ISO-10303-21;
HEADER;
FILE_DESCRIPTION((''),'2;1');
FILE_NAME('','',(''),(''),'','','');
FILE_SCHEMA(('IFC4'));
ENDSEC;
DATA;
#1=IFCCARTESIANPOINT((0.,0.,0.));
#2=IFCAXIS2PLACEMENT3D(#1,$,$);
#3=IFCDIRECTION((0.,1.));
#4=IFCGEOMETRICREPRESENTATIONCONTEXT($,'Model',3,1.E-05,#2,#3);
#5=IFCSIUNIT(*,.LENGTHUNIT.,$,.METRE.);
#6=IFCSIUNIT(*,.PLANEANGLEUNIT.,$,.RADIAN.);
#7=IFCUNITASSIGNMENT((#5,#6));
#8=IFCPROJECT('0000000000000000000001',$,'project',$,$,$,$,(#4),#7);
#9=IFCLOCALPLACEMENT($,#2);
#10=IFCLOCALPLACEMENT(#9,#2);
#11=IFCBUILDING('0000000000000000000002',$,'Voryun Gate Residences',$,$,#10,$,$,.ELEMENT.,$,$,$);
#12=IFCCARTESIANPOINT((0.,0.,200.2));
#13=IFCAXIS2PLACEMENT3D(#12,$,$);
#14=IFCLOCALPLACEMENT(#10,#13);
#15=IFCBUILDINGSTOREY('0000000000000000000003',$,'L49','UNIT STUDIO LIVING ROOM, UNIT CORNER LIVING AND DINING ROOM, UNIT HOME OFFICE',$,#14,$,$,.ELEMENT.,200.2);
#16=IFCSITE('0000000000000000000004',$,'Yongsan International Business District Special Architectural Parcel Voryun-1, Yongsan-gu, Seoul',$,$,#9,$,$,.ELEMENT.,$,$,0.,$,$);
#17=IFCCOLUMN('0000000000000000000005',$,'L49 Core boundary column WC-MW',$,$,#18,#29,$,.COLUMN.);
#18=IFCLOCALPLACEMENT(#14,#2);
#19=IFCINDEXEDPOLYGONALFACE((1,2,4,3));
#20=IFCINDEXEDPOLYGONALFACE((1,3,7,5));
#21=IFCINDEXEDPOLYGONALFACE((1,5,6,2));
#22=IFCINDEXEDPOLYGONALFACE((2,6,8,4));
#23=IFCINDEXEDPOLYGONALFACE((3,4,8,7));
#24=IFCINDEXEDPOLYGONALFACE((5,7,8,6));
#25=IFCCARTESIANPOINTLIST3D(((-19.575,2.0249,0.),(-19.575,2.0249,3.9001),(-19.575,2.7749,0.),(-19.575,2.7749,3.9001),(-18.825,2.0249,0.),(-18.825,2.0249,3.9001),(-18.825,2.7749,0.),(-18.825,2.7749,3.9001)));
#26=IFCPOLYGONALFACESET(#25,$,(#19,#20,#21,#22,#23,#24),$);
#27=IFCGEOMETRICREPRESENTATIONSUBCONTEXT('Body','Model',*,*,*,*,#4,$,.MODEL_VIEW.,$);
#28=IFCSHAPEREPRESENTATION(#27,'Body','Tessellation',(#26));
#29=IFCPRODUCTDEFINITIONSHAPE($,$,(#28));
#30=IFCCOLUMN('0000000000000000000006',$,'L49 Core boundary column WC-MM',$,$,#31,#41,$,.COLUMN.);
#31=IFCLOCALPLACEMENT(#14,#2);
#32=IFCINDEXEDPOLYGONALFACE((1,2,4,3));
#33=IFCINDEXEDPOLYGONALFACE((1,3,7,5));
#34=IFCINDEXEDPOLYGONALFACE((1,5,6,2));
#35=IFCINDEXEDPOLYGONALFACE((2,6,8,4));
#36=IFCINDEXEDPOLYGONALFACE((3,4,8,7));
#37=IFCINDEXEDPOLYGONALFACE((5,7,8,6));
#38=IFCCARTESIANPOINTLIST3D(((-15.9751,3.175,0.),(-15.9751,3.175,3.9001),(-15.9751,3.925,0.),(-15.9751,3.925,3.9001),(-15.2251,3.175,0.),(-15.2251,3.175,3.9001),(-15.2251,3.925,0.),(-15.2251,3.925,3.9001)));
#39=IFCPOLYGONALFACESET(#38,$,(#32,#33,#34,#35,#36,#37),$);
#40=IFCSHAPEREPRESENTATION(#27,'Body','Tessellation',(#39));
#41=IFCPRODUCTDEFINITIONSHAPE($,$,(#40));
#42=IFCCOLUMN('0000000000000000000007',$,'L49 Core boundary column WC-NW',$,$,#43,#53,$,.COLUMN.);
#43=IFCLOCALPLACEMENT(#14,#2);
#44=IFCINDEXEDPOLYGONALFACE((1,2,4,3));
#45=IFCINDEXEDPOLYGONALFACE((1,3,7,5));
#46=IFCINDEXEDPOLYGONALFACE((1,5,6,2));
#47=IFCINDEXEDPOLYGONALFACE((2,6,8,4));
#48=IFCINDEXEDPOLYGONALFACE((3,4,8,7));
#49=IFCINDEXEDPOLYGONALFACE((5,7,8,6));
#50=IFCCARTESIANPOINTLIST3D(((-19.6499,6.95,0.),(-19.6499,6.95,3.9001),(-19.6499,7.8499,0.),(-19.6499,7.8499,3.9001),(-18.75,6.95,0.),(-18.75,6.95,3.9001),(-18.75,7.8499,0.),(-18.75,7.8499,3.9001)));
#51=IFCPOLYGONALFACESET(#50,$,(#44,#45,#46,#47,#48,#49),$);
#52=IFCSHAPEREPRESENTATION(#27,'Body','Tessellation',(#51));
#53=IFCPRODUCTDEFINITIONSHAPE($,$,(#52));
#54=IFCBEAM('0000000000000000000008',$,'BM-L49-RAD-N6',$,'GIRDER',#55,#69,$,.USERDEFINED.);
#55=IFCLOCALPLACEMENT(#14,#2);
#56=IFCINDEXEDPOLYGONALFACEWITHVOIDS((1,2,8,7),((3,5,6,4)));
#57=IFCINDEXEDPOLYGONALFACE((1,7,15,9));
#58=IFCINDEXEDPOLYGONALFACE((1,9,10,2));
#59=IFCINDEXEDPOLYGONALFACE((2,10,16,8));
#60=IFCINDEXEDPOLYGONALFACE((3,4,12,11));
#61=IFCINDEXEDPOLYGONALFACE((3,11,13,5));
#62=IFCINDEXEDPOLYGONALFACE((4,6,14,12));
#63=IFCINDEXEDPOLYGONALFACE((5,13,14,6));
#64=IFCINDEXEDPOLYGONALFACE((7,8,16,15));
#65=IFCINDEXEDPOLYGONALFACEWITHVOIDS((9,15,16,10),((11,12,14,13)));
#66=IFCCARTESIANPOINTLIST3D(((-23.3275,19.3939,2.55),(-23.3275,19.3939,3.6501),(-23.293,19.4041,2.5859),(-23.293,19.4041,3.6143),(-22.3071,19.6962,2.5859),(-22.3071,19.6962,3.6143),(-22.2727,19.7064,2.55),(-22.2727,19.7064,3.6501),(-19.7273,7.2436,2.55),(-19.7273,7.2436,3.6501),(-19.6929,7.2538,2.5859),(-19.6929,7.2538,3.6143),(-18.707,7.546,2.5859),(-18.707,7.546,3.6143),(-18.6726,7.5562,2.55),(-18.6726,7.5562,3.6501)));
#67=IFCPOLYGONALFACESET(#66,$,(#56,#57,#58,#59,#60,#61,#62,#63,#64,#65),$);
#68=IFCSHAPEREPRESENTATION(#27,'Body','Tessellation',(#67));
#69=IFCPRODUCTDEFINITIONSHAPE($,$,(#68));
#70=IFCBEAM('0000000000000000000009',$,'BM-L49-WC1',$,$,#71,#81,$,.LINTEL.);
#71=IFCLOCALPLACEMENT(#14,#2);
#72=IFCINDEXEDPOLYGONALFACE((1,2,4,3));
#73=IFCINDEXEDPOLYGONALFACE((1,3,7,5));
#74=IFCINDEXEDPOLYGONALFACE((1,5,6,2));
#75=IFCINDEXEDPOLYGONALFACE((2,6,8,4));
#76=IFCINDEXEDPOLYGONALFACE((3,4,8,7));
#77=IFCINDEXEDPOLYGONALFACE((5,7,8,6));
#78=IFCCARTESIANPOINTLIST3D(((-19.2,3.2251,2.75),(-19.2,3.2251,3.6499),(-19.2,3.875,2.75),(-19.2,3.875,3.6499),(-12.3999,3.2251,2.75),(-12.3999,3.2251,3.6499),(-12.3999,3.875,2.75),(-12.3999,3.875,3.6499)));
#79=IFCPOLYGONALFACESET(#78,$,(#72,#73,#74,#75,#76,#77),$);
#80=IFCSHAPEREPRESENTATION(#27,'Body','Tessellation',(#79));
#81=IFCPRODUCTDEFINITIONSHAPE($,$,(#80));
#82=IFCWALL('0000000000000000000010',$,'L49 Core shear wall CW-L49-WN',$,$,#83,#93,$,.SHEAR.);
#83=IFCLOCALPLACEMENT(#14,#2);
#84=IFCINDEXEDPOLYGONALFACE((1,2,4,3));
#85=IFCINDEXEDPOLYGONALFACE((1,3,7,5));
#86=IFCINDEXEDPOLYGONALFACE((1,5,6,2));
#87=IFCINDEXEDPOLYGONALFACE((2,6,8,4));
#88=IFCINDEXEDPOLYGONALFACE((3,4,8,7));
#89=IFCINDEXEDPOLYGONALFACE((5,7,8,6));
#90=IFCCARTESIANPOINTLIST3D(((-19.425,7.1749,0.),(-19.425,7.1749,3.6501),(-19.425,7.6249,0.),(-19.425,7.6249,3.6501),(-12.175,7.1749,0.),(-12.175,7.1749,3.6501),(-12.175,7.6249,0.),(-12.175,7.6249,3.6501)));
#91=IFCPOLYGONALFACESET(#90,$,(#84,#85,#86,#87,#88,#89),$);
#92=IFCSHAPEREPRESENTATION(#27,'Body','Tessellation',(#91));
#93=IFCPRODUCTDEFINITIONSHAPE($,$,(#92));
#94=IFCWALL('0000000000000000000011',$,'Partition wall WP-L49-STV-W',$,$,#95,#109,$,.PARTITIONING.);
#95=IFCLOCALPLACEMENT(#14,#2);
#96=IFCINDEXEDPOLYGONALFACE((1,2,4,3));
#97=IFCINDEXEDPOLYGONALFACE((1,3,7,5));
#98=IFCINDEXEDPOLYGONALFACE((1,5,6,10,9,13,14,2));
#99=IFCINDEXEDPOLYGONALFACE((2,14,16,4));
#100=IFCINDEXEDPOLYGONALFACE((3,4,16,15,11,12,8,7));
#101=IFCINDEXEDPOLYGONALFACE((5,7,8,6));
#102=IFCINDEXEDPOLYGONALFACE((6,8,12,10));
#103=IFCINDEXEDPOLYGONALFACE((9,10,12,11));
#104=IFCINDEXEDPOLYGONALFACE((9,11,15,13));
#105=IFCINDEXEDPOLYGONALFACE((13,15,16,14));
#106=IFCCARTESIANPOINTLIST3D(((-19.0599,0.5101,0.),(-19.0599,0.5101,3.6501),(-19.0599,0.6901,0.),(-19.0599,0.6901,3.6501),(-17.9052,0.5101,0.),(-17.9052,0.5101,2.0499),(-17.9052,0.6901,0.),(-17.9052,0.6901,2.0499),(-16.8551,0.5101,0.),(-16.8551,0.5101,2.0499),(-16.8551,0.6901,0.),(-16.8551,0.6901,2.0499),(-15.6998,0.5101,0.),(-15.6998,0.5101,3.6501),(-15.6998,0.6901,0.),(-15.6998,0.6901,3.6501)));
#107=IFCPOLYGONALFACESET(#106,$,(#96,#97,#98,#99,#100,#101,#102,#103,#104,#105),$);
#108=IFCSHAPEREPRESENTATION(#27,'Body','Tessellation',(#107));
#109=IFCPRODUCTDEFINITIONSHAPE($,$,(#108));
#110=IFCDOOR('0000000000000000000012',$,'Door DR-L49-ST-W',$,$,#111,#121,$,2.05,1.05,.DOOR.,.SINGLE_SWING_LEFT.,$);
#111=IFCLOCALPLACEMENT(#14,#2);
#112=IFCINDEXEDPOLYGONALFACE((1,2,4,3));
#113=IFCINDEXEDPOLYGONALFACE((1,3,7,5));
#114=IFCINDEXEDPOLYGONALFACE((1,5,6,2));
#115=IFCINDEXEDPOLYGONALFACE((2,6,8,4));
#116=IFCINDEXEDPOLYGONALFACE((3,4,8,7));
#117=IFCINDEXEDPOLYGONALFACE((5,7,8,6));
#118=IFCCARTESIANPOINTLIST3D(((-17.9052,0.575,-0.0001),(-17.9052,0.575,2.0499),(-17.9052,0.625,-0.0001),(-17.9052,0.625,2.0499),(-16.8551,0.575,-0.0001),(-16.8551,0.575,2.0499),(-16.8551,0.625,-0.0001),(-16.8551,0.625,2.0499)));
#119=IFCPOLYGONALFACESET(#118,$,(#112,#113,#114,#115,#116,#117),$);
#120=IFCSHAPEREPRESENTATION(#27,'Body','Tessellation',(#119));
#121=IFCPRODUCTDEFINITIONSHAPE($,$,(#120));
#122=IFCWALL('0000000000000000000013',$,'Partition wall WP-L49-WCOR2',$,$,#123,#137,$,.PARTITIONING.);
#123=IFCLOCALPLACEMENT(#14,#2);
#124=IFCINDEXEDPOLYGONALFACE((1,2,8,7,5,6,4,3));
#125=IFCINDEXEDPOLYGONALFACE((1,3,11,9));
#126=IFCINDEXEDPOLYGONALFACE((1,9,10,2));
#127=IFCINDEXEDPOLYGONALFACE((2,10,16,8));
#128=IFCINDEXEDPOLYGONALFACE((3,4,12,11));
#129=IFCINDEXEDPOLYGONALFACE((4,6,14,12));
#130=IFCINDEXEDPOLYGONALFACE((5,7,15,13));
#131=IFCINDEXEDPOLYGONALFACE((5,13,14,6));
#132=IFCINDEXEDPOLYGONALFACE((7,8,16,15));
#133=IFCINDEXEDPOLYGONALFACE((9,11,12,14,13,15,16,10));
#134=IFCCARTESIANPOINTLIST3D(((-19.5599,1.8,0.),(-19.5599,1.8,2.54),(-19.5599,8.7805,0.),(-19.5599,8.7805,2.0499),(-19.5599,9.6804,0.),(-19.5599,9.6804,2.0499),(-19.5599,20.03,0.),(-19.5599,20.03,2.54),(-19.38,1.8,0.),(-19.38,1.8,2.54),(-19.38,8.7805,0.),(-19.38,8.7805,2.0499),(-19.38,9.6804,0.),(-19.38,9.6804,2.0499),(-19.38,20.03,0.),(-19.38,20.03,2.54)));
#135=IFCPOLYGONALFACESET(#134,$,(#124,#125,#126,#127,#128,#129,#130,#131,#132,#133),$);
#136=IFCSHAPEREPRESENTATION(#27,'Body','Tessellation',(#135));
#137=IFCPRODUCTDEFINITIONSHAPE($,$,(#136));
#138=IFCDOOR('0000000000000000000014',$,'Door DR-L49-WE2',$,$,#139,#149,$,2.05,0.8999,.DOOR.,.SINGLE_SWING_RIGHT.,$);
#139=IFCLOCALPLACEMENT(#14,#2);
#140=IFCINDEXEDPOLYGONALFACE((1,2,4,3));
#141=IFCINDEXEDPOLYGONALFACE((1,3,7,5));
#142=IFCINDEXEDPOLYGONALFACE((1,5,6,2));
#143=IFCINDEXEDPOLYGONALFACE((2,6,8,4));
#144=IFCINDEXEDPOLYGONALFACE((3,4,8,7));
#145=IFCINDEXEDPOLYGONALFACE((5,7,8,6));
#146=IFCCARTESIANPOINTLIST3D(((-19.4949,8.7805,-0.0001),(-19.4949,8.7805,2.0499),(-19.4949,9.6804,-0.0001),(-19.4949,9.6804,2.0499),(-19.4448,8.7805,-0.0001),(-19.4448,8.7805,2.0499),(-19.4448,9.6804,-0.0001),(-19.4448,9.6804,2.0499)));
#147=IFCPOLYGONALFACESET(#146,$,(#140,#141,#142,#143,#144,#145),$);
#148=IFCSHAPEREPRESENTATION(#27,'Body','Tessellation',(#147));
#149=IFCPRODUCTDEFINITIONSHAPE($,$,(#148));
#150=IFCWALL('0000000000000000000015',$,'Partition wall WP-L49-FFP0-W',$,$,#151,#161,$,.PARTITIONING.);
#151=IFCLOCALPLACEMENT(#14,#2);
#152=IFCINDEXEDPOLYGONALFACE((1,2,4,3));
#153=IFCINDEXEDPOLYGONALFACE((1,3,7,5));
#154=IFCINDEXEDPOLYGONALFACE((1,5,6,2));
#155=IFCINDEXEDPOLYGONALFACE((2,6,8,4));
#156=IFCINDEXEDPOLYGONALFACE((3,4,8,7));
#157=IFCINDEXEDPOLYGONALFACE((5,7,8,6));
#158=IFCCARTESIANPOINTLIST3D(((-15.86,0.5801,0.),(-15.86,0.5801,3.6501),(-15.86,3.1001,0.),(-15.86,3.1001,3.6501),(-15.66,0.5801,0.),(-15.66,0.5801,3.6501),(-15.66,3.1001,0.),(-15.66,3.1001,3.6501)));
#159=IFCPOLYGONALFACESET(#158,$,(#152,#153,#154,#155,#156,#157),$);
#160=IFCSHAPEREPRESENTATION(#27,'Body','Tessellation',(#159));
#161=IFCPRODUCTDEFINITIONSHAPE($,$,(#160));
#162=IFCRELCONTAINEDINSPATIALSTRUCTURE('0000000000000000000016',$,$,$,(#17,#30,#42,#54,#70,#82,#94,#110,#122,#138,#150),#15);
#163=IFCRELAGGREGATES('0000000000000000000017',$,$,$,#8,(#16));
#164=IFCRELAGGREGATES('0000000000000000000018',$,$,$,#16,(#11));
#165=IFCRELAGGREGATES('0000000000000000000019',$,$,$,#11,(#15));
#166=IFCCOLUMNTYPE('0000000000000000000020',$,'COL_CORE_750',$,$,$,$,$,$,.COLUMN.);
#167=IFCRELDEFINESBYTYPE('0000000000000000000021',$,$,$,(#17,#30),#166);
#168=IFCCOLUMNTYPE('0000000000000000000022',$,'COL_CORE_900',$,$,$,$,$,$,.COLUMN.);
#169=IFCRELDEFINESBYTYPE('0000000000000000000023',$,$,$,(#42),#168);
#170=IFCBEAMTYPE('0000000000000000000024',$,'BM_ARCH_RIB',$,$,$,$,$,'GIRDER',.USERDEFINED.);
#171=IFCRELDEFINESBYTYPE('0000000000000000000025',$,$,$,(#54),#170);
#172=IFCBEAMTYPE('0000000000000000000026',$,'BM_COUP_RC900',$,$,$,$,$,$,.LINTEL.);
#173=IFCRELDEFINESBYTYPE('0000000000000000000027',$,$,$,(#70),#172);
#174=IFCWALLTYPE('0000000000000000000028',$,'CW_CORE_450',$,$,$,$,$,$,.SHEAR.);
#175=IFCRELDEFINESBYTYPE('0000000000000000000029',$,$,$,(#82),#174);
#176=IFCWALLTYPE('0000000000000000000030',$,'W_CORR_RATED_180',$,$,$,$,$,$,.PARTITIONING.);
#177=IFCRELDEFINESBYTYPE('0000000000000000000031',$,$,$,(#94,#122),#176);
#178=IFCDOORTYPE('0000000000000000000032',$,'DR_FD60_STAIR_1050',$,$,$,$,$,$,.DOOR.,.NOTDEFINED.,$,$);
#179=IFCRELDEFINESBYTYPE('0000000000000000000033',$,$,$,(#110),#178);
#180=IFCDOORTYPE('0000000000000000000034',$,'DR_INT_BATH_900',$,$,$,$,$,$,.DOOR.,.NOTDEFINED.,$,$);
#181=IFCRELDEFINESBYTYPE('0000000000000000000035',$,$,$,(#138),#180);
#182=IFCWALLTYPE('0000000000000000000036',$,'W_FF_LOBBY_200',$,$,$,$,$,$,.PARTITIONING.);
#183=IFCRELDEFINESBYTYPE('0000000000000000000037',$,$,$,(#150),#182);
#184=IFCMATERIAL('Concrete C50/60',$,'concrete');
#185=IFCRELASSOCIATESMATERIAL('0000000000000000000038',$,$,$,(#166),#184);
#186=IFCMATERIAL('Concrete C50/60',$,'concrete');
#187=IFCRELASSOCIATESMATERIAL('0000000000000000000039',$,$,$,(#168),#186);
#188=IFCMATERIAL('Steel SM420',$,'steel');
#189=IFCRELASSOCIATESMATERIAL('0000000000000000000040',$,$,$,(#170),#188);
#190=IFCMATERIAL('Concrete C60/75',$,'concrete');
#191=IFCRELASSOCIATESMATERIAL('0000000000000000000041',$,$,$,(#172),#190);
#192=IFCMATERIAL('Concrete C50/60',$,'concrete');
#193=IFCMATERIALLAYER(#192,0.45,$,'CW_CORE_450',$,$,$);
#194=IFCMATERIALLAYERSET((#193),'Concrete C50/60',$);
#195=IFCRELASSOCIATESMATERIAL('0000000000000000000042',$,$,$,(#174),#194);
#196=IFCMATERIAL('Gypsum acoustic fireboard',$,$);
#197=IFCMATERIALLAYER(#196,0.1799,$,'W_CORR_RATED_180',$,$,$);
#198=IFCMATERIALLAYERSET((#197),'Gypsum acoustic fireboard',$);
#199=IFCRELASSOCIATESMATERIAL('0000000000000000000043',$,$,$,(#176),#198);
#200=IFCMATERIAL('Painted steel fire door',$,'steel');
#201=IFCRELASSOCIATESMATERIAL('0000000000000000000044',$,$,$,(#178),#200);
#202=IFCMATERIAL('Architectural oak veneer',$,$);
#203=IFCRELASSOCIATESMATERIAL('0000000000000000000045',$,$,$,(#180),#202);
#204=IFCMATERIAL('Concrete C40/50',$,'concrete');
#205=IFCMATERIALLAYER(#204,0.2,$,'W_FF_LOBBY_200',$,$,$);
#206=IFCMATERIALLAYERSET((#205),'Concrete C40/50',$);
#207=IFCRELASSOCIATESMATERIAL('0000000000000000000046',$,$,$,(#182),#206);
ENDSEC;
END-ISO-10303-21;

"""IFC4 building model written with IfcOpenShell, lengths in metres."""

from ifc_helpers import new_model, si_unit, direction, frame, frame_2d, origin, origin_2d, place, context, subcontext, project, spatial, rectangle, hollow_rectangle, extrude, material, layer, layer_set, material_profile, profile_set, type_object, element, fill, save


model = new_model("IFC4")

# Units and contexts
model_context = context("Model", 3, precision=1e-05, world=origin(), true_north=direction((0.0, 1.0)))
body_context = subcontext(model_context, "Body", "Model", "MODEL_VIEW")
ifc_project = project(units=[si_unit("LENGTHUNIT", "METRE"), si_unit("PLANEANGLEUNIT", "RADIAN")], contexts=[model_context])

# Site, building, storey
site_placement = place(None, origin())
site = spatial("IfcSite", under=ifc_project, at=site_placement, Name="Yongsan International Business District Special Architectural Parcel Voryun-1, Yongsan-gu, Seoul", CompositionType="ELEMENT", RefElevation=0.0)
building_placement = place(site_placement, origin())
building = spatial("IfcBuilding", under=site, at=building_placement, Name="Voryun Gate Residences", CompositionType="ELEMENT")
storey_placement = place(building_placement, frame((0.0, 0.0, 200.2)))
storey = spatial("IfcBuildingStorey", under=building, at=storey_placement, Name="L49", Description="UNIT STUDIO LIVING ROOM, UNIT CORNER LIVING AND DINING ROOM, UNIT HOME OFFICE", CompositionType="ELEMENT", Elevation=200.2)

# Columns
ifc_material_1 = material(Name="Concrete C50/60", Category="concrete")
ifc_material_profile_1 = material_profile(ifc_material_1, rectangle(XDim=0.75, YDim=0.75, at=origin_2d()), Name="RC-750x750")
ifc_profile_set_1 = profile_set([ifc_material_profile_1], Name="Concrete C50/60")
column_type_1 = type_object("IfcColumnType", Name="COL_CORE_750", PredefinedType="COLUMN", material=ifc_profile_set_1)
for number, where, z_axis, x_axis, name in (
    (1, (-19.2, 2.3999, 0.0), (0.0, 0.0, 1.0), (1.0, 0.0, 0.0), "L49 Core boundary column WC-MW"),
    (2, (-15.6001, 3.55, 0.0), (0.0, 0.0, 1.0), (1.0, 0.0, 0.0), "L49 Core boundary column WC-MM"),
):
    element("IfcColumn", number, at=place(storey_placement, frame(where, z_axis=z_axis, x_axis=x_axis)), inside=storey, type_object=column_type_1, Name=name, PredefinedType="COLUMN", context=body_context, shape_type="SweptSolid", body=[
        extrude(rectangle(XDim=0.75, YDim=0.75, at=origin_2d()), origin(), (0.0, 0.0, 1.0), 3.9001),
    ])
ifc_material_2 = material(Name="Concrete C50/60", Category="concrete")
ifc_material_profile_2 = material_profile(ifc_material_2, rectangle(XDim=0.8999, YDim=0.8999, at=origin_2d()), Name="RC-900x900")
ifc_profile_set_2 = profile_set([ifc_material_profile_2], Name="Concrete C50/60")
column_type_2 = type_object("IfcColumnType", Name="COL_CORE_900", PredefinedType="COLUMN", material=ifc_profile_set_2)
column_placement = place(storey_placement, frame((-19.2, 7.3999, 0.0), z_axis=(0.0, 0.0, 1.0), x_axis=(1.0, 0.0, 0.0)))
element("IfcColumn", 3, at=column_placement, inside=storey, type_object=column_type_2, Name="L49 Core boundary column WC-NW", PredefinedType="COLUMN", context=body_context, shape_type="SweptSolid", body=[
    extrude(rectangle(XDim=0.8999, YDim=0.8999, at=origin_2d()), origin(), (0.0, 0.0, 1.0), 3.9001),
])

# Beams
ifc_material_3 = material(Name="Steel SM420", Category="steel")
ifc_material_profile_3 = material_profile(ifc_material_3, hollow_rectangle(XDim=1.1001, YDim=1.1001, WallThickness=0.0359, at=origin_2d()), Name="BOX-1100x1100x36")
ifc_profile_set_3 = profile_set([ifc_material_profile_3], Name="Steel SM420")
beam_type_1 = type_object("IfcBeamType", Name="BM_ARCH_RIB", ElementType="GIRDER", PredefinedType="USERDEFINED", material=ifc_profile_set_3)
beam_1_placement = place(storey_placement, frame((-19.2, 7.3999, 3.1001), z_axis=(-0.284092, 0.958797, 0.0), x_axis=(-0.958797, -0.284092, 0.0)))
element("IfcBeam", 4, at=beam_1_placement, inside=storey, type_object=beam_type_1, Name="BM-L49-RAD-N6", ObjectType="GIRDER", PredefinedType="USERDEFINED", context=body_context, shape_type="SweptSolid", body=[
    extrude(hollow_rectangle(XDim=1.1001, YDim=1.1001, WallThickness=0.0359, at=origin_2d()), origin(), (0.0, 0.0, 1.0), 12.6724),
])
ifc_material_4 = material(Name="Concrete C60/75", Category="concrete")
ifc_material_profile_4 = material_profile(ifc_material_4, rectangle(XDim=0.6499, YDim=0.8999, at=origin_2d()), Name="RC-650x900")
ifc_profile_set_4 = profile_set([ifc_material_profile_4], Name="Concrete C60/75")
beam_type_2 = type_object("IfcBeamType", Name="BM_COUP_RC900", PredefinedType="LINTEL", material=ifc_profile_set_4)
beam_2_placement = place(storey_placement, frame((-19.2, 3.55, 3.2), z_axis=(1.0, 0.0, 0.0), x_axis=(0.0, 1.0, 0.0)))
element("IfcBeam", 5, at=beam_2_placement, inside=storey, type_object=beam_type_2, Name="BM-L49-WC1", PredefinedType="LINTEL", context=body_context, shape_type="SweptSolid", body=[
    extrude(rectangle(XDim=0.6499, YDim=0.8999, at=origin_2d()), origin(), (0.0, 0.0, 1.0), 6.8),
])

# Wall
ifc_material_5 = material(Name="Concrete C50/60", Category="concrete")
ifc_layer_1 = layer(ifc_material_5, 0.45, Name="CW_CORE_450")
ifc_layer_set_1 = layer_set([ifc_layer_1], Name="Concrete C50/60")
wall_type_1 = type_object("IfcWallType", Name="CW_CORE_450", PredefinedType="SHEAR", material=ifc_layer_set_1)
wall_1_placement = place(storey_placement, frame((-19.425, 7.3999, 0.0), z_axis=(0.0, 0.0, 1.0), x_axis=(1.0, 0.0, 0.0)))
element("IfcWall", 6, at=wall_1_placement, inside=storey, type_object=wall_type_1, Name="L49 Core shear wall CW-L49-WN", PredefinedType="SHEAR", context=body_context, shape_type="SweptSolid", body=[
    extrude(rectangle(XDim=7.25, YDim=0.45, at=frame_2d((3.625, 0.0))), origin(), (0.0, 0.0, 1.0), 3.6501),
])

# Walls, openings, doors
ifc_material_6 = material(Name="Gypsum acoustic fireboard")
ifc_layer_2 = layer(ifc_material_6, 0.1799, Name="W_CORR_RATED_180")
ifc_layer_set_2 = layer_set([ifc_layer_2], Name="Gypsum acoustic fireboard")
wall_type_2 = type_object("IfcWallType", Name="W_CORR_RATED_180", PredefinedType="PARTITIONING", material=ifc_layer_set_2)
wall_2_placement = place(storey_placement, frame((-19.0601, 0.6001, 0.0), z_axis=(0.0, 0.0, 1.0), x_axis=(1.0, 0.0, 0.0)))
wall_2 = element("IfcWall", 7, at=wall_2_placement, inside=storey, type_object=wall_type_2, Name="Partition wall WP-L49-STV-W", PredefinedType="PARTITIONING", context=body_context, shape_type="SweptSolid", body=[
    extrude(rectangle(XDim=3.3601, YDim=0.1799, at=frame_2d((1.6802, 0.0))), origin(), (0.0, 0.0, 1.0), 3.6501),
])
opening_1_placement = place(wall_2_placement, frame((1.155, 0.0, 0.0)))
opening_1 = element("IfcOpeningElement", 8, at=opening_1_placement, cuts=wall_2, PredefinedType="OPENING", context=body_context, shape_type="SweptSolid", body=[
    extrude(rectangle(XDim=1.05, YDim=2.05, at=frame_2d((0.5249, 1.0249))), frame((0.0, 0.0999, 0.0), z_axis=(0.0, -1.0, 0.0), x_axis=(1.0, 0.0, 0.0)), (0.0, 0.0, 1.0), 0.2),
])
ifc_material_7 = material(Name="Painted steel fire door", Category="steel")
door_type_1 = type_object("IfcDoorType", Name="DR_FD60_STAIR_1050", OperationType="NOTDEFINED", PredefinedType="DOOR", material=ifc_material_7)
door_1_placement = place(opening_1_placement, origin())
door_1 = element("IfcDoor", 9, at=door_1_placement, inside=storey, type_object=door_type_1, Name="Door DR-L49-ST-W", OperationType="SINGLE_SWING_LEFT", OverallHeight=2.05, OverallWidth=1.05, PredefinedType="DOOR", context=body_context, shape_type="SweptSolid", body=[
    extrude(rectangle(XDim=1.05, YDim=2.05, at=frame_2d((0.5249, 1.0249))), frame((0.0, 0.0249, 0.0), z_axis=(0.0, -1.0, 0.0), x_axis=(1.0, 0.0, 0.0)), (0.0, 0.0, 1.0), 0.05),
])
fill(opening_1, door_1)
wall_3_placement = place(storey_placement, frame((-19.47, 1.8, 0.0), z_axis=(0.0, 0.0, 1.0), x_axis=(0.0, 1.0, 0.0)))
wall_3 = element("IfcWall", 10, at=wall_3_placement, inside=storey, type_object=wall_type_2, Name="Partition wall WP-L49-WCOR2", PredefinedType="PARTITIONING", context=body_context, shape_type="SweptSolid", body=[
    extrude(rectangle(XDim=18.23, YDim=0.1799, at=frame_2d((9.115, 0.0))), origin(), (0.0, 0.0, 1.0), 2.54),
])
opening_2_placement = place(wall_3_placement, frame((6.9805, 0.0, 0.0)))
opening_2 = element("IfcOpeningElement", 11, at=opening_2_placement, cuts=wall_3, PredefinedType="OPENING", context=body_context, shape_type="SweptSolid", body=[
    extrude(rectangle(XDim=0.8999, YDim=2.05, at=frame_2d((0.45, 1.0249))), frame((0.0, 0.0999, 0.0), z_axis=(0.0, -1.0, 0.0), x_axis=(1.0, 0.0, 0.0)), (0.0, 0.0, 1.0), 0.2),
])
ifc_material_8 = material(Name="Architectural oak veneer")
door_type_2 = type_object("IfcDoorType", Name="DR_INT_BATH_900", OperationType="NOTDEFINED", PredefinedType="DOOR", material=ifc_material_8)
door_2_placement = place(opening_2_placement, origin())
door_2 = element("IfcDoor", 12, at=door_2_placement, inside=storey, type_object=door_type_2, Name="Door DR-L49-WE2", OperationType="SINGLE_SWING_RIGHT", OverallHeight=2.05, OverallWidth=0.8999, PredefinedType="DOOR", context=body_context, shape_type="SweptSolid", body=[
    extrude(rectangle(XDim=0.8999, YDim=2.05, at=frame_2d((0.45, 1.0249))), frame((0.0, 0.0249, 0.0), z_axis=(0.0, -1.0, 0.0), x_axis=(1.0, 0.0, 0.0)), (0.0, 0.0, 1.0), 0.05),
])
fill(opening_2, door_2)

# Wall
ifc_material_9 = material(Name="Concrete C40/50", Category="concrete")
ifc_layer_3 = layer(ifc_material_9, 0.2, Name="W_FF_LOBBY_200")
ifc_layer_set_3 = layer_set([ifc_layer_3], Name="Concrete C40/50")
wall_type_3 = type_object("IfcWallType", Name="W_FF_LOBBY_200", PredefinedType="PARTITIONING", material=ifc_layer_set_3)
wall_4_placement = place(storey_placement, frame((-15.76, 0.5801, 0.0), z_axis=(0.0, 0.0, 1.0), x_axis=(0.0, 1.0, 0.0)))
element("IfcWall", 13, at=wall_4_placement, inside=storey, type_object=wall_type_3, Name="Partition wall WP-L49-FFP0-W", PredefinedType="PARTITIONING", context=body_context, shape_type="SweptSolid", body=[
    extrude(rectangle(XDim=2.52, YDim=0.2, at=frame_2d((1.26, 0.0))), origin(), (0.0, 0.0, 1.0), 3.6501),
])

save(model, "model.ifc")
